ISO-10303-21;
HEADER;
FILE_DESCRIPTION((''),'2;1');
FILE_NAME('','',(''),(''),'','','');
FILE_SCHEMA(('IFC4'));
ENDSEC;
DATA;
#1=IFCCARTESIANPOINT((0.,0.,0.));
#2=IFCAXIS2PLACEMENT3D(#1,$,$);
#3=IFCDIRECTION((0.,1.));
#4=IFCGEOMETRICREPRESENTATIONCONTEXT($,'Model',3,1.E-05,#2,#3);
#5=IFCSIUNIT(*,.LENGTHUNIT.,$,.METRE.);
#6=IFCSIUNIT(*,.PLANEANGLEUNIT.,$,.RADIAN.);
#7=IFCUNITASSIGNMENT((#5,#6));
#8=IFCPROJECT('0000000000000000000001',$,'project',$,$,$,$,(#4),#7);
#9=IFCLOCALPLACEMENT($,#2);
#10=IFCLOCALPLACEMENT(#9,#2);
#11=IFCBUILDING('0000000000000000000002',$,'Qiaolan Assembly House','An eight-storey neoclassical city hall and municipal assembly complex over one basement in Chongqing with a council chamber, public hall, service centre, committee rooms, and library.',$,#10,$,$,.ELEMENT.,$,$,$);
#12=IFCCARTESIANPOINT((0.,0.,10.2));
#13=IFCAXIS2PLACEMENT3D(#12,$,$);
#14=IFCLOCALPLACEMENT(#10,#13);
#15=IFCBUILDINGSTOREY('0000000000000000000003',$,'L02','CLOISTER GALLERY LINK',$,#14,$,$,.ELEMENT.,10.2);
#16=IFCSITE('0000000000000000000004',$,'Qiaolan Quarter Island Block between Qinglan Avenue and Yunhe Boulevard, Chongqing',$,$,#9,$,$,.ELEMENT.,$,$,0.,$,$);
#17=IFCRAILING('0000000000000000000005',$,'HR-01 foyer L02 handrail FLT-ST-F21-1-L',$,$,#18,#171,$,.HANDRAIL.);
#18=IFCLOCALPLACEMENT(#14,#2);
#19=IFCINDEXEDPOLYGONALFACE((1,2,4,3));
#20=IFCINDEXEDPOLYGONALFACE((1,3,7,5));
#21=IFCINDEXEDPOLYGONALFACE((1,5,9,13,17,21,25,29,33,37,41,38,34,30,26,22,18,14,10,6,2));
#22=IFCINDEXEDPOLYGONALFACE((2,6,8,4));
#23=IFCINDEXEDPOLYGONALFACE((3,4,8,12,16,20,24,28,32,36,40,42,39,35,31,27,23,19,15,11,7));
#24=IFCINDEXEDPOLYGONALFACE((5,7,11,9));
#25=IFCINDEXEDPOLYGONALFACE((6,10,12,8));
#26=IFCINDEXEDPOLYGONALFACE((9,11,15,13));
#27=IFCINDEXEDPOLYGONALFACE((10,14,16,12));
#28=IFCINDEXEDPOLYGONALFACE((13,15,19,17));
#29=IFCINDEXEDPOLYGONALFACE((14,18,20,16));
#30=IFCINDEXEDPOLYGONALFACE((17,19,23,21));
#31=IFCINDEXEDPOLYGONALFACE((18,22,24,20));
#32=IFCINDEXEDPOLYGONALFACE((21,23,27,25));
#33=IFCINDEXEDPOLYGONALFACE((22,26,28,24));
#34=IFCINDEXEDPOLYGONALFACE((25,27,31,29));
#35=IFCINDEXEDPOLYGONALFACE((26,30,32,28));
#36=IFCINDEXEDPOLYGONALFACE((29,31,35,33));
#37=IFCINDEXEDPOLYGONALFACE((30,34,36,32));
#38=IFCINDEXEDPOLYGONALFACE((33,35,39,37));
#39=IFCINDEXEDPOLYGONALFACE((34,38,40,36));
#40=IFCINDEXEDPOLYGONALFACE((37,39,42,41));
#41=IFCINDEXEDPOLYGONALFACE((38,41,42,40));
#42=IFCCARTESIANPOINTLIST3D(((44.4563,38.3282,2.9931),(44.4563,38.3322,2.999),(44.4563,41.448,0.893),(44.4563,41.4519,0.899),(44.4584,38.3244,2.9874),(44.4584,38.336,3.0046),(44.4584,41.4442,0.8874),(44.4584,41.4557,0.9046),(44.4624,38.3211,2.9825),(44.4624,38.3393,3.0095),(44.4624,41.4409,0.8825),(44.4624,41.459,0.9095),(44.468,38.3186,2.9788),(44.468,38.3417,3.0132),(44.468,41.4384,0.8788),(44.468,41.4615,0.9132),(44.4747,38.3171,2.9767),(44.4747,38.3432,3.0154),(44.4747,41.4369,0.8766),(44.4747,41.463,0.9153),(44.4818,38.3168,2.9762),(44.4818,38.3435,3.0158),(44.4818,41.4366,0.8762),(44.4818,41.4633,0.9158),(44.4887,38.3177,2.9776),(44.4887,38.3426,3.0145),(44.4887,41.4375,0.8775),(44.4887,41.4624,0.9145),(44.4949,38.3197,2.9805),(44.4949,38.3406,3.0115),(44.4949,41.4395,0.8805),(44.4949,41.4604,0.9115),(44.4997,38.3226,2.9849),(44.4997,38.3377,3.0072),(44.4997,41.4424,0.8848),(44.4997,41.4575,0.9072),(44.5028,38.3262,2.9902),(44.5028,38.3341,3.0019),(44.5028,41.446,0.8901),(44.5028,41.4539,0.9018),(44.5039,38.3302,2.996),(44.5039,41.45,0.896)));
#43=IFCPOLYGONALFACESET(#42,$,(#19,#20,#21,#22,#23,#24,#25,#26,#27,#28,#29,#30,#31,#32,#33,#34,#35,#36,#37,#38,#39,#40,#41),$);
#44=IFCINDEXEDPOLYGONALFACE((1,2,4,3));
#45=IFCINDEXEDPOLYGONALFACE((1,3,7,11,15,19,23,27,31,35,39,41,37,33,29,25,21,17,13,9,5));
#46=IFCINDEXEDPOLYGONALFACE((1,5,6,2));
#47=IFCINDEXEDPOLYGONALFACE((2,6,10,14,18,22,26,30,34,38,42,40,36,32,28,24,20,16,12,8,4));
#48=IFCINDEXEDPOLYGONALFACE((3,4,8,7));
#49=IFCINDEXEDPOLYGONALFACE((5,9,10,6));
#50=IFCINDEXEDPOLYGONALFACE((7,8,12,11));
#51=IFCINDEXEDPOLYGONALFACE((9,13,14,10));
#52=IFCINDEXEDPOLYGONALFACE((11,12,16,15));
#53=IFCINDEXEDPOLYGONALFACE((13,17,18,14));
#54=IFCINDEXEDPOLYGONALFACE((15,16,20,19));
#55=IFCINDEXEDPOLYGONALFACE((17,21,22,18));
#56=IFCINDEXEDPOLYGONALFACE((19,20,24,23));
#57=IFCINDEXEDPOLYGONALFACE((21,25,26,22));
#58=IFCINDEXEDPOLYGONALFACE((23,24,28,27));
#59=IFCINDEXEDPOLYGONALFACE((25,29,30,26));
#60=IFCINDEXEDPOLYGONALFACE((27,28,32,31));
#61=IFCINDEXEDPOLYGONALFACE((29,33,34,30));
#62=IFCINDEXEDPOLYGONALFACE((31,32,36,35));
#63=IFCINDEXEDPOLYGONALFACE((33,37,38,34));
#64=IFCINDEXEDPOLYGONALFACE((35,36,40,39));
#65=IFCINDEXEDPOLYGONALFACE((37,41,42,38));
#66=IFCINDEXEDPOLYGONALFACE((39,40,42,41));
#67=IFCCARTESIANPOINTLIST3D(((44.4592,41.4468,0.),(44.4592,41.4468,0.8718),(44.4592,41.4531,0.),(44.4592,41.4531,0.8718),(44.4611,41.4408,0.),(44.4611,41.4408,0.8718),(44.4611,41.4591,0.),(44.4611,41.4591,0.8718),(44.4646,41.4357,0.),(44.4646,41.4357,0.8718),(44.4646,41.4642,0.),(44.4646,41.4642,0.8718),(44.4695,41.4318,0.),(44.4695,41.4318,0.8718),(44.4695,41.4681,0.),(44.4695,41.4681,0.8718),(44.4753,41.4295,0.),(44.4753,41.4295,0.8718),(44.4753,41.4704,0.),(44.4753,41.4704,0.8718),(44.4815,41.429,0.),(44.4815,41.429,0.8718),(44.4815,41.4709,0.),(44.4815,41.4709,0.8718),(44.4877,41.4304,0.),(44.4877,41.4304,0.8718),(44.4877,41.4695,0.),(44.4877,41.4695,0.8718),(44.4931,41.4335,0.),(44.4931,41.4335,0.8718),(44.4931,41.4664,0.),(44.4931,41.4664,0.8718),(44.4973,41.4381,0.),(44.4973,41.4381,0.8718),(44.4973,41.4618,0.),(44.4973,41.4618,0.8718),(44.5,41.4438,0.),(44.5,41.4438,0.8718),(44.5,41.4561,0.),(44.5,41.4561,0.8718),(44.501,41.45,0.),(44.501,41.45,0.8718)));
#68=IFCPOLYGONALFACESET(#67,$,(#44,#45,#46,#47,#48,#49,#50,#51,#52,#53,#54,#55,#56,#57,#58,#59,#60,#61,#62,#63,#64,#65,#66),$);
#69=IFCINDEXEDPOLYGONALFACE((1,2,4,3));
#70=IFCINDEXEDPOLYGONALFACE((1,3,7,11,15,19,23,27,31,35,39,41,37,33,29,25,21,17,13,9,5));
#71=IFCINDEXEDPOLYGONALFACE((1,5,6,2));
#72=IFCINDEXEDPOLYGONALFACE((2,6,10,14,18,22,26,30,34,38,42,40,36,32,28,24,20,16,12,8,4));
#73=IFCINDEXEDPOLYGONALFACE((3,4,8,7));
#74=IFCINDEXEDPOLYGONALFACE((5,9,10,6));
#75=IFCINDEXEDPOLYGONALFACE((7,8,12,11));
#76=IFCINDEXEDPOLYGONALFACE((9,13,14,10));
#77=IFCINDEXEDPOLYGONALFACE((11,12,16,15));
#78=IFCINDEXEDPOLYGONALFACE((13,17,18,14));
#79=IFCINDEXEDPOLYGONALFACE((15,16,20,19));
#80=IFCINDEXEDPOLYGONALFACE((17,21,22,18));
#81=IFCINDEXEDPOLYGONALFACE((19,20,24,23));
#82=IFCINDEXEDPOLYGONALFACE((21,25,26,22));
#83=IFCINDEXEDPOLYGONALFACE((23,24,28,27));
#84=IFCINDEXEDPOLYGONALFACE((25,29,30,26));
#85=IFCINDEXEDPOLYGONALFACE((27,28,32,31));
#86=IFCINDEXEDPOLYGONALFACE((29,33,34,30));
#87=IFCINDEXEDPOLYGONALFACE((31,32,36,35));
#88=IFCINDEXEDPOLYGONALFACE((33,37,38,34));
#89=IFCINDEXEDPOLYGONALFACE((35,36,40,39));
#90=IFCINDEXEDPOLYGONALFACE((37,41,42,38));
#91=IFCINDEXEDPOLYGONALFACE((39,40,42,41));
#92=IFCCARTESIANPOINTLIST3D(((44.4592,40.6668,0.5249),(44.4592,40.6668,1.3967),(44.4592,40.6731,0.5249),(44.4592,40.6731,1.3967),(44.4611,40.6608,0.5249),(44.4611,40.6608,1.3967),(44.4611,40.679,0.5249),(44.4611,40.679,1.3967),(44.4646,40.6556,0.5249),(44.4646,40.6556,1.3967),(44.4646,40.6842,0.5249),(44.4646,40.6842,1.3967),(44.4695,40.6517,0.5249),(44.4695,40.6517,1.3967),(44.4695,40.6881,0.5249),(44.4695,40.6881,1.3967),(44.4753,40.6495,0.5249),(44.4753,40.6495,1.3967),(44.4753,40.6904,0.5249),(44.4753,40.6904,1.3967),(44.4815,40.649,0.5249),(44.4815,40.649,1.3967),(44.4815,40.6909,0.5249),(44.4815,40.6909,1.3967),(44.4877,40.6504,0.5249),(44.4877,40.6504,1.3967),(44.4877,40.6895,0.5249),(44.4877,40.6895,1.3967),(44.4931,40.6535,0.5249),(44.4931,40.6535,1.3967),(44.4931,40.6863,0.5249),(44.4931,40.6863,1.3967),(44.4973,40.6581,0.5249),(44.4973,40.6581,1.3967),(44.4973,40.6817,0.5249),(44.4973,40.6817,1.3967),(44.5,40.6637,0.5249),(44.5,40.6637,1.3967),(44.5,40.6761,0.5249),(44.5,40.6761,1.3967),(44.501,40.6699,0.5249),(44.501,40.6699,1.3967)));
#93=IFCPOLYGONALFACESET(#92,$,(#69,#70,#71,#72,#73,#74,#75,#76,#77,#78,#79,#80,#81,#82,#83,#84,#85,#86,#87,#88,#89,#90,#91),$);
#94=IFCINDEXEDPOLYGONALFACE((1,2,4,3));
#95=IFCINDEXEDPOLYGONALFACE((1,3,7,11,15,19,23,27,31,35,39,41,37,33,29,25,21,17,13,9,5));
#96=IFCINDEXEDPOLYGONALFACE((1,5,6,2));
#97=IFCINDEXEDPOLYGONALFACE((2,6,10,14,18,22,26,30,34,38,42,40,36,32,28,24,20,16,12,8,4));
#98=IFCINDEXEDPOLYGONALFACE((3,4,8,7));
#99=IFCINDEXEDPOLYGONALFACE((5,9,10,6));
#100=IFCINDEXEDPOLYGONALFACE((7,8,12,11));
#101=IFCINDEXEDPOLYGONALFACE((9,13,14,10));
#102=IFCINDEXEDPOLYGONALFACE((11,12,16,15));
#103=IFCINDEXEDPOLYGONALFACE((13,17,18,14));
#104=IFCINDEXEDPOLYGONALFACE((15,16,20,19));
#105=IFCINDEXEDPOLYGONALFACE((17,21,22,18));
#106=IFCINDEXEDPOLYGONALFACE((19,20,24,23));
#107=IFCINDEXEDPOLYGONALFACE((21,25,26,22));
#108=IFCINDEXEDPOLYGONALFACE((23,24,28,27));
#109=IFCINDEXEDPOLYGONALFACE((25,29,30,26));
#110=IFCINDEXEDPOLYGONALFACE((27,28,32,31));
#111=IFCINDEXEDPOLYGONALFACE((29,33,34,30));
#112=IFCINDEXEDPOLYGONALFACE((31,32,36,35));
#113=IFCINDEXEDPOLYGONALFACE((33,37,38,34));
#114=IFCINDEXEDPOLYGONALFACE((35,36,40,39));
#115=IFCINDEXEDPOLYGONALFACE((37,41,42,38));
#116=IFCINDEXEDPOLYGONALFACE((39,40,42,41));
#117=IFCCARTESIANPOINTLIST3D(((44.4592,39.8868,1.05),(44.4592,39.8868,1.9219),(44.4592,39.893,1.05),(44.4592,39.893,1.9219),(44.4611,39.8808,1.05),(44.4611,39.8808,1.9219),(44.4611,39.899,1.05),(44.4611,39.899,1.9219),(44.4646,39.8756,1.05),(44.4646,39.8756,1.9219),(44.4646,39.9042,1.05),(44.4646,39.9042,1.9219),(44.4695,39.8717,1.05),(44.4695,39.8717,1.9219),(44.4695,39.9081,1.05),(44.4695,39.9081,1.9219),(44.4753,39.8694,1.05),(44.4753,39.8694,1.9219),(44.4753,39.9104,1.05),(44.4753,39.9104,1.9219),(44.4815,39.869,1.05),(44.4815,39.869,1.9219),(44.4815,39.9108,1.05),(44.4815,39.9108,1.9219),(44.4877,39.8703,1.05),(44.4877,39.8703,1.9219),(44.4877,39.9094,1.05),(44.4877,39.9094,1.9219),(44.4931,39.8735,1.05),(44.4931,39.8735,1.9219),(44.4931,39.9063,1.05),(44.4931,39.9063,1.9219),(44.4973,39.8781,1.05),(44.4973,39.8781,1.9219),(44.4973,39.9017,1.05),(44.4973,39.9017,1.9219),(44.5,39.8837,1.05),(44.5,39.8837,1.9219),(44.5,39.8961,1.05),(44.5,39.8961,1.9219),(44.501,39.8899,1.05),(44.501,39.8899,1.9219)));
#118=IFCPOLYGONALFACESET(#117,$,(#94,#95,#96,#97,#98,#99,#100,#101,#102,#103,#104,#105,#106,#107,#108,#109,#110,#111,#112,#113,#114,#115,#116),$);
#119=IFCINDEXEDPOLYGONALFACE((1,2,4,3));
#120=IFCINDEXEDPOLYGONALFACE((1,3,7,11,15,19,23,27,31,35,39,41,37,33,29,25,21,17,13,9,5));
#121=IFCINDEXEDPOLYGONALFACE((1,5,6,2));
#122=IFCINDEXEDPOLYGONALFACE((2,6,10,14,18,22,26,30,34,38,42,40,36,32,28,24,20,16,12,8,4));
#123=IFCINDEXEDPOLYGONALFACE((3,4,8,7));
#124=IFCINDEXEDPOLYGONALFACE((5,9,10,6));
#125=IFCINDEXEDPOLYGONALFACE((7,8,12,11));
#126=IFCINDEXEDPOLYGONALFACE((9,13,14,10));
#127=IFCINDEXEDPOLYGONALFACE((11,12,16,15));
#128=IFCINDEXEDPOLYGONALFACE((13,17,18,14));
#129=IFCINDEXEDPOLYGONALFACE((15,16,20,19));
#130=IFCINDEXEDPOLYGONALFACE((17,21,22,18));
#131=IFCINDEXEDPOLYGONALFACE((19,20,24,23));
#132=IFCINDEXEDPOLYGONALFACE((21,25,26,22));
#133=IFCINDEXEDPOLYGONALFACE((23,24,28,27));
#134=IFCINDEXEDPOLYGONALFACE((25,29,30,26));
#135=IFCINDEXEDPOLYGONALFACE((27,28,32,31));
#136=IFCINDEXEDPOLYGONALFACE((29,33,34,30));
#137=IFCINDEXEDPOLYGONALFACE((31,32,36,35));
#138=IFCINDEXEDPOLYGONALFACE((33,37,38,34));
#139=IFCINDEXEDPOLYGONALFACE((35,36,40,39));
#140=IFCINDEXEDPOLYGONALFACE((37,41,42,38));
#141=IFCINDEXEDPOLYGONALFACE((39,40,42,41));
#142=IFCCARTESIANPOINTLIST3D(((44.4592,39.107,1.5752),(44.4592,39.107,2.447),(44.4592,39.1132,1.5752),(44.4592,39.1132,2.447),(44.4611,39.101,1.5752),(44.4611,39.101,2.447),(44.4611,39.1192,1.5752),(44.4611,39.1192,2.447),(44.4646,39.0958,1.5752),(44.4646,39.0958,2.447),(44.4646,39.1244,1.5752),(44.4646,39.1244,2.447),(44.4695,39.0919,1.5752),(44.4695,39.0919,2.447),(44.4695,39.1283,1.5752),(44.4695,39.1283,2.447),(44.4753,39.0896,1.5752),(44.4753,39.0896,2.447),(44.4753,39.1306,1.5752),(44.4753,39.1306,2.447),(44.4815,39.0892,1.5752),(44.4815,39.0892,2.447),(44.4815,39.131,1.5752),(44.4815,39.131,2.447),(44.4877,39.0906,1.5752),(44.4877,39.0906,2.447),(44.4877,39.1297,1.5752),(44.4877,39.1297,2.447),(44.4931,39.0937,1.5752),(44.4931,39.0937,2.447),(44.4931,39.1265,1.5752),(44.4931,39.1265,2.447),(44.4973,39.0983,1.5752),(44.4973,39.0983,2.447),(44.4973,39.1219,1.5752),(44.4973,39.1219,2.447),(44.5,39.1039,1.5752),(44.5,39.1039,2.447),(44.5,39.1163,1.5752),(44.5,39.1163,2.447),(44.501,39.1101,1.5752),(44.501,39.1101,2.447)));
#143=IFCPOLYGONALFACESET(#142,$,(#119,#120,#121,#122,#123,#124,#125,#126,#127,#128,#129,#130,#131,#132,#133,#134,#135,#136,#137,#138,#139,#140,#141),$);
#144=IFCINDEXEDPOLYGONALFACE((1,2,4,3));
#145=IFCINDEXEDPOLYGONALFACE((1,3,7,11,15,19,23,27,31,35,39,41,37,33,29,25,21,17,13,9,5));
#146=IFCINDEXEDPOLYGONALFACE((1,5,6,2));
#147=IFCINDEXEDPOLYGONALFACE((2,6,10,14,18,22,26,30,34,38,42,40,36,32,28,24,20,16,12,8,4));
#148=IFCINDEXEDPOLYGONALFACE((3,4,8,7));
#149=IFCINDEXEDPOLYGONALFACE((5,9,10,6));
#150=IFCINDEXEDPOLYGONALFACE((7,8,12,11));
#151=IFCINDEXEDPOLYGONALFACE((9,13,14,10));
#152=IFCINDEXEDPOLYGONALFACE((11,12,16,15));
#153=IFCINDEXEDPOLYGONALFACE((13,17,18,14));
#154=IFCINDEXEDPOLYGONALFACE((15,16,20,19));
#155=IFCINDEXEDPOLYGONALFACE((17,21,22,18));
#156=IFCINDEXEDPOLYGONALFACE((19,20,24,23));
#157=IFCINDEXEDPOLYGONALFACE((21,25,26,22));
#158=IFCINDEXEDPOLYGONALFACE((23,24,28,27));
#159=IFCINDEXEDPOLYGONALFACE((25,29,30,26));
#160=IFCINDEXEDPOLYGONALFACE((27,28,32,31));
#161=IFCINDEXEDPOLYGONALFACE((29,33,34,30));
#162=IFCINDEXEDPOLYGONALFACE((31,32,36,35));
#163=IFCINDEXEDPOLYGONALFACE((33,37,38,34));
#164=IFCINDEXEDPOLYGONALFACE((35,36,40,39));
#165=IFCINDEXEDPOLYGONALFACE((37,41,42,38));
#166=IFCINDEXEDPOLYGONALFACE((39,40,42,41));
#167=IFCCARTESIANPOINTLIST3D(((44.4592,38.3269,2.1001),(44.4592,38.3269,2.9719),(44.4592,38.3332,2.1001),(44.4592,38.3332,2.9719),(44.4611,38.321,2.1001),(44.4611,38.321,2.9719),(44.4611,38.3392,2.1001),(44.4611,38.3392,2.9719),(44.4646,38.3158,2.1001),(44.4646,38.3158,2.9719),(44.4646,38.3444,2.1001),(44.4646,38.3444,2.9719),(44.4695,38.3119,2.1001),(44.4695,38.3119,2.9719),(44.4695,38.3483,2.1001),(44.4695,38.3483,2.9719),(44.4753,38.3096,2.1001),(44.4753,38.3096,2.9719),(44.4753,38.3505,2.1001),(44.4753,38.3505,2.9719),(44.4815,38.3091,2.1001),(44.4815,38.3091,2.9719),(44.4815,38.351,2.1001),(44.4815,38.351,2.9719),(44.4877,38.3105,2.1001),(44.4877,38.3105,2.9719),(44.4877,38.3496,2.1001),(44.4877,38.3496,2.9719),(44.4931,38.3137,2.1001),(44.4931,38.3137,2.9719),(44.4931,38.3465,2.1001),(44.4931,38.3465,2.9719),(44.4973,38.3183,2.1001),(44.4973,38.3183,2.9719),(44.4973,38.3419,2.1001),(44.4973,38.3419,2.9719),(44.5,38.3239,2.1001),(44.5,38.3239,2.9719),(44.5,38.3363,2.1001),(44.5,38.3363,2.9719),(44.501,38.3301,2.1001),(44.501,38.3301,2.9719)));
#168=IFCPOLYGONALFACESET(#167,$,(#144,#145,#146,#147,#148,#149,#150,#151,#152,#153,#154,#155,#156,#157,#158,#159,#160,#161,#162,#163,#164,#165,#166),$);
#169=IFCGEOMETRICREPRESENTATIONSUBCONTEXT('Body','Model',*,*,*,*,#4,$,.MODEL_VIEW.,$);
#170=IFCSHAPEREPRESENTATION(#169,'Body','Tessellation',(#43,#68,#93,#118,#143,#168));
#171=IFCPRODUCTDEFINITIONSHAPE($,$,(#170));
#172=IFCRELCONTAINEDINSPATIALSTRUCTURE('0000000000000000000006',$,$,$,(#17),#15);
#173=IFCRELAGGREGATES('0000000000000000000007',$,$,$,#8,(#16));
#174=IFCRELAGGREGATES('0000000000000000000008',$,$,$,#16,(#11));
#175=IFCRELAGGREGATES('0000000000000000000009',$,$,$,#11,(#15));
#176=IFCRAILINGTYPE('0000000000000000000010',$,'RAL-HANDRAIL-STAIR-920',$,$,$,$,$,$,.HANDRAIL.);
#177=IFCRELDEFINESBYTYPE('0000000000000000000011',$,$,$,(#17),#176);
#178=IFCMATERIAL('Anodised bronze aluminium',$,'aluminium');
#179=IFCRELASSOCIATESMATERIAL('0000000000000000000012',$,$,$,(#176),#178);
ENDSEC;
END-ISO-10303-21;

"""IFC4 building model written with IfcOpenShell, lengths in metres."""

from ifc_helpers import new_model, si_unit, direction, frame, origin, origin_2d, place, context, subcontext, project, spatial, circle, extrude, material, type_object, element, save


model = new_model("IFC4")

# Units and contexts
model_context = context("Model", 3, precision=1e-05, world=origin(), true_north=direction((0.0, 1.0)))
body_context = subcontext(model_context, "Body", "Model", "MODEL_VIEW")
ifc_project = project(units=[si_unit("LENGTHUNIT", "METRE"), si_unit("PLANEANGLEUNIT", "RADIAN")], contexts=[model_context])

# Site, building, storey
site_placement = place(None, origin())
site = spatial("IfcSite", under=ifc_project, at=site_placement, Name="Qiaolan Quarter Island Block between Qinglan Avenue and Yunhe Boulevard, Chongqing", CompositionType="ELEMENT", RefElevation=0.0)
building_placement = place(site_placement, origin())
building = spatial("IfcBuilding", under=site, at=building_placement, Name="Qiaolan Assembly House", Description="An eight-storey neoclassical city hall and municipal assembly complex over one basement in Chongqing with a council chamber, public hall, service centre, committee rooms, and library.", CompositionType="ELEMENT")
storey_placement = place(building_placement, frame((0.0, 0.0, 10.2)))
storey = spatial("IfcBuildingStorey", under=building, at=storey_placement, Name="L02", Description="CLOISTER GALLERY LINK", CompositionType="ELEMENT", Elevation=10.2)

# Railing
ifc_material_1 = material(Name="Anodised bronze aluminium", Category="aluminium")
railing_type_1 = type_object("IfcRailingType", Name="RAL-HANDRAIL-STAIR-920", PredefinedType="HANDRAIL", material=ifc_material_1)
railing_1_placement = place(storey_placement, frame((44.48, 41.45, 0.0)))
element("IfcRailing", 1, at=railing_1_placement, inside=storey, type_object=railing_type_1, Name="HR-01 foyer L02 handrail FLT-ST-F21-1-L", PredefinedType="HANDRAIL", context=body_context, shape_type="SweptSolid", body=[
    extrude(circle(Radius=0.0239, at=origin_2d()), frame((0.0, 0.0, 0.896), z_axis=(0.0, -0.829565, 0.55841), x_axis=(1.0, 0.0, 0.0)), (0.0, 0.0, 1.0), 3.7607),
    extrude(circle(Radius=0.021, at=origin_2d()), origin(), (0.0, 0.0, 1.0), 0.8718),
    extrude(circle(Radius=0.021, at=origin_2d()), frame((0.0, -0.78, 0.5249)), (0.0, 0.0, 1.0), 0.8718),
    extrude(circle(Radius=0.021, at=origin_2d()), frame((0.0, -1.5601, 1.05)), (0.0, 0.0, 1.0), 0.8718),
    extrude(circle(Radius=0.021, at=origin_2d()), frame((0.0, -2.3398, 1.5752)), (0.0, 0.0, 1.0), 0.8718),
    extrude(circle(Radius=0.021, at=origin_2d()), frame((0.0, -3.1199, 2.1001)), (0.0, 0.0, 1.0), 0.8718),
])

save(model, "model.ifc")
